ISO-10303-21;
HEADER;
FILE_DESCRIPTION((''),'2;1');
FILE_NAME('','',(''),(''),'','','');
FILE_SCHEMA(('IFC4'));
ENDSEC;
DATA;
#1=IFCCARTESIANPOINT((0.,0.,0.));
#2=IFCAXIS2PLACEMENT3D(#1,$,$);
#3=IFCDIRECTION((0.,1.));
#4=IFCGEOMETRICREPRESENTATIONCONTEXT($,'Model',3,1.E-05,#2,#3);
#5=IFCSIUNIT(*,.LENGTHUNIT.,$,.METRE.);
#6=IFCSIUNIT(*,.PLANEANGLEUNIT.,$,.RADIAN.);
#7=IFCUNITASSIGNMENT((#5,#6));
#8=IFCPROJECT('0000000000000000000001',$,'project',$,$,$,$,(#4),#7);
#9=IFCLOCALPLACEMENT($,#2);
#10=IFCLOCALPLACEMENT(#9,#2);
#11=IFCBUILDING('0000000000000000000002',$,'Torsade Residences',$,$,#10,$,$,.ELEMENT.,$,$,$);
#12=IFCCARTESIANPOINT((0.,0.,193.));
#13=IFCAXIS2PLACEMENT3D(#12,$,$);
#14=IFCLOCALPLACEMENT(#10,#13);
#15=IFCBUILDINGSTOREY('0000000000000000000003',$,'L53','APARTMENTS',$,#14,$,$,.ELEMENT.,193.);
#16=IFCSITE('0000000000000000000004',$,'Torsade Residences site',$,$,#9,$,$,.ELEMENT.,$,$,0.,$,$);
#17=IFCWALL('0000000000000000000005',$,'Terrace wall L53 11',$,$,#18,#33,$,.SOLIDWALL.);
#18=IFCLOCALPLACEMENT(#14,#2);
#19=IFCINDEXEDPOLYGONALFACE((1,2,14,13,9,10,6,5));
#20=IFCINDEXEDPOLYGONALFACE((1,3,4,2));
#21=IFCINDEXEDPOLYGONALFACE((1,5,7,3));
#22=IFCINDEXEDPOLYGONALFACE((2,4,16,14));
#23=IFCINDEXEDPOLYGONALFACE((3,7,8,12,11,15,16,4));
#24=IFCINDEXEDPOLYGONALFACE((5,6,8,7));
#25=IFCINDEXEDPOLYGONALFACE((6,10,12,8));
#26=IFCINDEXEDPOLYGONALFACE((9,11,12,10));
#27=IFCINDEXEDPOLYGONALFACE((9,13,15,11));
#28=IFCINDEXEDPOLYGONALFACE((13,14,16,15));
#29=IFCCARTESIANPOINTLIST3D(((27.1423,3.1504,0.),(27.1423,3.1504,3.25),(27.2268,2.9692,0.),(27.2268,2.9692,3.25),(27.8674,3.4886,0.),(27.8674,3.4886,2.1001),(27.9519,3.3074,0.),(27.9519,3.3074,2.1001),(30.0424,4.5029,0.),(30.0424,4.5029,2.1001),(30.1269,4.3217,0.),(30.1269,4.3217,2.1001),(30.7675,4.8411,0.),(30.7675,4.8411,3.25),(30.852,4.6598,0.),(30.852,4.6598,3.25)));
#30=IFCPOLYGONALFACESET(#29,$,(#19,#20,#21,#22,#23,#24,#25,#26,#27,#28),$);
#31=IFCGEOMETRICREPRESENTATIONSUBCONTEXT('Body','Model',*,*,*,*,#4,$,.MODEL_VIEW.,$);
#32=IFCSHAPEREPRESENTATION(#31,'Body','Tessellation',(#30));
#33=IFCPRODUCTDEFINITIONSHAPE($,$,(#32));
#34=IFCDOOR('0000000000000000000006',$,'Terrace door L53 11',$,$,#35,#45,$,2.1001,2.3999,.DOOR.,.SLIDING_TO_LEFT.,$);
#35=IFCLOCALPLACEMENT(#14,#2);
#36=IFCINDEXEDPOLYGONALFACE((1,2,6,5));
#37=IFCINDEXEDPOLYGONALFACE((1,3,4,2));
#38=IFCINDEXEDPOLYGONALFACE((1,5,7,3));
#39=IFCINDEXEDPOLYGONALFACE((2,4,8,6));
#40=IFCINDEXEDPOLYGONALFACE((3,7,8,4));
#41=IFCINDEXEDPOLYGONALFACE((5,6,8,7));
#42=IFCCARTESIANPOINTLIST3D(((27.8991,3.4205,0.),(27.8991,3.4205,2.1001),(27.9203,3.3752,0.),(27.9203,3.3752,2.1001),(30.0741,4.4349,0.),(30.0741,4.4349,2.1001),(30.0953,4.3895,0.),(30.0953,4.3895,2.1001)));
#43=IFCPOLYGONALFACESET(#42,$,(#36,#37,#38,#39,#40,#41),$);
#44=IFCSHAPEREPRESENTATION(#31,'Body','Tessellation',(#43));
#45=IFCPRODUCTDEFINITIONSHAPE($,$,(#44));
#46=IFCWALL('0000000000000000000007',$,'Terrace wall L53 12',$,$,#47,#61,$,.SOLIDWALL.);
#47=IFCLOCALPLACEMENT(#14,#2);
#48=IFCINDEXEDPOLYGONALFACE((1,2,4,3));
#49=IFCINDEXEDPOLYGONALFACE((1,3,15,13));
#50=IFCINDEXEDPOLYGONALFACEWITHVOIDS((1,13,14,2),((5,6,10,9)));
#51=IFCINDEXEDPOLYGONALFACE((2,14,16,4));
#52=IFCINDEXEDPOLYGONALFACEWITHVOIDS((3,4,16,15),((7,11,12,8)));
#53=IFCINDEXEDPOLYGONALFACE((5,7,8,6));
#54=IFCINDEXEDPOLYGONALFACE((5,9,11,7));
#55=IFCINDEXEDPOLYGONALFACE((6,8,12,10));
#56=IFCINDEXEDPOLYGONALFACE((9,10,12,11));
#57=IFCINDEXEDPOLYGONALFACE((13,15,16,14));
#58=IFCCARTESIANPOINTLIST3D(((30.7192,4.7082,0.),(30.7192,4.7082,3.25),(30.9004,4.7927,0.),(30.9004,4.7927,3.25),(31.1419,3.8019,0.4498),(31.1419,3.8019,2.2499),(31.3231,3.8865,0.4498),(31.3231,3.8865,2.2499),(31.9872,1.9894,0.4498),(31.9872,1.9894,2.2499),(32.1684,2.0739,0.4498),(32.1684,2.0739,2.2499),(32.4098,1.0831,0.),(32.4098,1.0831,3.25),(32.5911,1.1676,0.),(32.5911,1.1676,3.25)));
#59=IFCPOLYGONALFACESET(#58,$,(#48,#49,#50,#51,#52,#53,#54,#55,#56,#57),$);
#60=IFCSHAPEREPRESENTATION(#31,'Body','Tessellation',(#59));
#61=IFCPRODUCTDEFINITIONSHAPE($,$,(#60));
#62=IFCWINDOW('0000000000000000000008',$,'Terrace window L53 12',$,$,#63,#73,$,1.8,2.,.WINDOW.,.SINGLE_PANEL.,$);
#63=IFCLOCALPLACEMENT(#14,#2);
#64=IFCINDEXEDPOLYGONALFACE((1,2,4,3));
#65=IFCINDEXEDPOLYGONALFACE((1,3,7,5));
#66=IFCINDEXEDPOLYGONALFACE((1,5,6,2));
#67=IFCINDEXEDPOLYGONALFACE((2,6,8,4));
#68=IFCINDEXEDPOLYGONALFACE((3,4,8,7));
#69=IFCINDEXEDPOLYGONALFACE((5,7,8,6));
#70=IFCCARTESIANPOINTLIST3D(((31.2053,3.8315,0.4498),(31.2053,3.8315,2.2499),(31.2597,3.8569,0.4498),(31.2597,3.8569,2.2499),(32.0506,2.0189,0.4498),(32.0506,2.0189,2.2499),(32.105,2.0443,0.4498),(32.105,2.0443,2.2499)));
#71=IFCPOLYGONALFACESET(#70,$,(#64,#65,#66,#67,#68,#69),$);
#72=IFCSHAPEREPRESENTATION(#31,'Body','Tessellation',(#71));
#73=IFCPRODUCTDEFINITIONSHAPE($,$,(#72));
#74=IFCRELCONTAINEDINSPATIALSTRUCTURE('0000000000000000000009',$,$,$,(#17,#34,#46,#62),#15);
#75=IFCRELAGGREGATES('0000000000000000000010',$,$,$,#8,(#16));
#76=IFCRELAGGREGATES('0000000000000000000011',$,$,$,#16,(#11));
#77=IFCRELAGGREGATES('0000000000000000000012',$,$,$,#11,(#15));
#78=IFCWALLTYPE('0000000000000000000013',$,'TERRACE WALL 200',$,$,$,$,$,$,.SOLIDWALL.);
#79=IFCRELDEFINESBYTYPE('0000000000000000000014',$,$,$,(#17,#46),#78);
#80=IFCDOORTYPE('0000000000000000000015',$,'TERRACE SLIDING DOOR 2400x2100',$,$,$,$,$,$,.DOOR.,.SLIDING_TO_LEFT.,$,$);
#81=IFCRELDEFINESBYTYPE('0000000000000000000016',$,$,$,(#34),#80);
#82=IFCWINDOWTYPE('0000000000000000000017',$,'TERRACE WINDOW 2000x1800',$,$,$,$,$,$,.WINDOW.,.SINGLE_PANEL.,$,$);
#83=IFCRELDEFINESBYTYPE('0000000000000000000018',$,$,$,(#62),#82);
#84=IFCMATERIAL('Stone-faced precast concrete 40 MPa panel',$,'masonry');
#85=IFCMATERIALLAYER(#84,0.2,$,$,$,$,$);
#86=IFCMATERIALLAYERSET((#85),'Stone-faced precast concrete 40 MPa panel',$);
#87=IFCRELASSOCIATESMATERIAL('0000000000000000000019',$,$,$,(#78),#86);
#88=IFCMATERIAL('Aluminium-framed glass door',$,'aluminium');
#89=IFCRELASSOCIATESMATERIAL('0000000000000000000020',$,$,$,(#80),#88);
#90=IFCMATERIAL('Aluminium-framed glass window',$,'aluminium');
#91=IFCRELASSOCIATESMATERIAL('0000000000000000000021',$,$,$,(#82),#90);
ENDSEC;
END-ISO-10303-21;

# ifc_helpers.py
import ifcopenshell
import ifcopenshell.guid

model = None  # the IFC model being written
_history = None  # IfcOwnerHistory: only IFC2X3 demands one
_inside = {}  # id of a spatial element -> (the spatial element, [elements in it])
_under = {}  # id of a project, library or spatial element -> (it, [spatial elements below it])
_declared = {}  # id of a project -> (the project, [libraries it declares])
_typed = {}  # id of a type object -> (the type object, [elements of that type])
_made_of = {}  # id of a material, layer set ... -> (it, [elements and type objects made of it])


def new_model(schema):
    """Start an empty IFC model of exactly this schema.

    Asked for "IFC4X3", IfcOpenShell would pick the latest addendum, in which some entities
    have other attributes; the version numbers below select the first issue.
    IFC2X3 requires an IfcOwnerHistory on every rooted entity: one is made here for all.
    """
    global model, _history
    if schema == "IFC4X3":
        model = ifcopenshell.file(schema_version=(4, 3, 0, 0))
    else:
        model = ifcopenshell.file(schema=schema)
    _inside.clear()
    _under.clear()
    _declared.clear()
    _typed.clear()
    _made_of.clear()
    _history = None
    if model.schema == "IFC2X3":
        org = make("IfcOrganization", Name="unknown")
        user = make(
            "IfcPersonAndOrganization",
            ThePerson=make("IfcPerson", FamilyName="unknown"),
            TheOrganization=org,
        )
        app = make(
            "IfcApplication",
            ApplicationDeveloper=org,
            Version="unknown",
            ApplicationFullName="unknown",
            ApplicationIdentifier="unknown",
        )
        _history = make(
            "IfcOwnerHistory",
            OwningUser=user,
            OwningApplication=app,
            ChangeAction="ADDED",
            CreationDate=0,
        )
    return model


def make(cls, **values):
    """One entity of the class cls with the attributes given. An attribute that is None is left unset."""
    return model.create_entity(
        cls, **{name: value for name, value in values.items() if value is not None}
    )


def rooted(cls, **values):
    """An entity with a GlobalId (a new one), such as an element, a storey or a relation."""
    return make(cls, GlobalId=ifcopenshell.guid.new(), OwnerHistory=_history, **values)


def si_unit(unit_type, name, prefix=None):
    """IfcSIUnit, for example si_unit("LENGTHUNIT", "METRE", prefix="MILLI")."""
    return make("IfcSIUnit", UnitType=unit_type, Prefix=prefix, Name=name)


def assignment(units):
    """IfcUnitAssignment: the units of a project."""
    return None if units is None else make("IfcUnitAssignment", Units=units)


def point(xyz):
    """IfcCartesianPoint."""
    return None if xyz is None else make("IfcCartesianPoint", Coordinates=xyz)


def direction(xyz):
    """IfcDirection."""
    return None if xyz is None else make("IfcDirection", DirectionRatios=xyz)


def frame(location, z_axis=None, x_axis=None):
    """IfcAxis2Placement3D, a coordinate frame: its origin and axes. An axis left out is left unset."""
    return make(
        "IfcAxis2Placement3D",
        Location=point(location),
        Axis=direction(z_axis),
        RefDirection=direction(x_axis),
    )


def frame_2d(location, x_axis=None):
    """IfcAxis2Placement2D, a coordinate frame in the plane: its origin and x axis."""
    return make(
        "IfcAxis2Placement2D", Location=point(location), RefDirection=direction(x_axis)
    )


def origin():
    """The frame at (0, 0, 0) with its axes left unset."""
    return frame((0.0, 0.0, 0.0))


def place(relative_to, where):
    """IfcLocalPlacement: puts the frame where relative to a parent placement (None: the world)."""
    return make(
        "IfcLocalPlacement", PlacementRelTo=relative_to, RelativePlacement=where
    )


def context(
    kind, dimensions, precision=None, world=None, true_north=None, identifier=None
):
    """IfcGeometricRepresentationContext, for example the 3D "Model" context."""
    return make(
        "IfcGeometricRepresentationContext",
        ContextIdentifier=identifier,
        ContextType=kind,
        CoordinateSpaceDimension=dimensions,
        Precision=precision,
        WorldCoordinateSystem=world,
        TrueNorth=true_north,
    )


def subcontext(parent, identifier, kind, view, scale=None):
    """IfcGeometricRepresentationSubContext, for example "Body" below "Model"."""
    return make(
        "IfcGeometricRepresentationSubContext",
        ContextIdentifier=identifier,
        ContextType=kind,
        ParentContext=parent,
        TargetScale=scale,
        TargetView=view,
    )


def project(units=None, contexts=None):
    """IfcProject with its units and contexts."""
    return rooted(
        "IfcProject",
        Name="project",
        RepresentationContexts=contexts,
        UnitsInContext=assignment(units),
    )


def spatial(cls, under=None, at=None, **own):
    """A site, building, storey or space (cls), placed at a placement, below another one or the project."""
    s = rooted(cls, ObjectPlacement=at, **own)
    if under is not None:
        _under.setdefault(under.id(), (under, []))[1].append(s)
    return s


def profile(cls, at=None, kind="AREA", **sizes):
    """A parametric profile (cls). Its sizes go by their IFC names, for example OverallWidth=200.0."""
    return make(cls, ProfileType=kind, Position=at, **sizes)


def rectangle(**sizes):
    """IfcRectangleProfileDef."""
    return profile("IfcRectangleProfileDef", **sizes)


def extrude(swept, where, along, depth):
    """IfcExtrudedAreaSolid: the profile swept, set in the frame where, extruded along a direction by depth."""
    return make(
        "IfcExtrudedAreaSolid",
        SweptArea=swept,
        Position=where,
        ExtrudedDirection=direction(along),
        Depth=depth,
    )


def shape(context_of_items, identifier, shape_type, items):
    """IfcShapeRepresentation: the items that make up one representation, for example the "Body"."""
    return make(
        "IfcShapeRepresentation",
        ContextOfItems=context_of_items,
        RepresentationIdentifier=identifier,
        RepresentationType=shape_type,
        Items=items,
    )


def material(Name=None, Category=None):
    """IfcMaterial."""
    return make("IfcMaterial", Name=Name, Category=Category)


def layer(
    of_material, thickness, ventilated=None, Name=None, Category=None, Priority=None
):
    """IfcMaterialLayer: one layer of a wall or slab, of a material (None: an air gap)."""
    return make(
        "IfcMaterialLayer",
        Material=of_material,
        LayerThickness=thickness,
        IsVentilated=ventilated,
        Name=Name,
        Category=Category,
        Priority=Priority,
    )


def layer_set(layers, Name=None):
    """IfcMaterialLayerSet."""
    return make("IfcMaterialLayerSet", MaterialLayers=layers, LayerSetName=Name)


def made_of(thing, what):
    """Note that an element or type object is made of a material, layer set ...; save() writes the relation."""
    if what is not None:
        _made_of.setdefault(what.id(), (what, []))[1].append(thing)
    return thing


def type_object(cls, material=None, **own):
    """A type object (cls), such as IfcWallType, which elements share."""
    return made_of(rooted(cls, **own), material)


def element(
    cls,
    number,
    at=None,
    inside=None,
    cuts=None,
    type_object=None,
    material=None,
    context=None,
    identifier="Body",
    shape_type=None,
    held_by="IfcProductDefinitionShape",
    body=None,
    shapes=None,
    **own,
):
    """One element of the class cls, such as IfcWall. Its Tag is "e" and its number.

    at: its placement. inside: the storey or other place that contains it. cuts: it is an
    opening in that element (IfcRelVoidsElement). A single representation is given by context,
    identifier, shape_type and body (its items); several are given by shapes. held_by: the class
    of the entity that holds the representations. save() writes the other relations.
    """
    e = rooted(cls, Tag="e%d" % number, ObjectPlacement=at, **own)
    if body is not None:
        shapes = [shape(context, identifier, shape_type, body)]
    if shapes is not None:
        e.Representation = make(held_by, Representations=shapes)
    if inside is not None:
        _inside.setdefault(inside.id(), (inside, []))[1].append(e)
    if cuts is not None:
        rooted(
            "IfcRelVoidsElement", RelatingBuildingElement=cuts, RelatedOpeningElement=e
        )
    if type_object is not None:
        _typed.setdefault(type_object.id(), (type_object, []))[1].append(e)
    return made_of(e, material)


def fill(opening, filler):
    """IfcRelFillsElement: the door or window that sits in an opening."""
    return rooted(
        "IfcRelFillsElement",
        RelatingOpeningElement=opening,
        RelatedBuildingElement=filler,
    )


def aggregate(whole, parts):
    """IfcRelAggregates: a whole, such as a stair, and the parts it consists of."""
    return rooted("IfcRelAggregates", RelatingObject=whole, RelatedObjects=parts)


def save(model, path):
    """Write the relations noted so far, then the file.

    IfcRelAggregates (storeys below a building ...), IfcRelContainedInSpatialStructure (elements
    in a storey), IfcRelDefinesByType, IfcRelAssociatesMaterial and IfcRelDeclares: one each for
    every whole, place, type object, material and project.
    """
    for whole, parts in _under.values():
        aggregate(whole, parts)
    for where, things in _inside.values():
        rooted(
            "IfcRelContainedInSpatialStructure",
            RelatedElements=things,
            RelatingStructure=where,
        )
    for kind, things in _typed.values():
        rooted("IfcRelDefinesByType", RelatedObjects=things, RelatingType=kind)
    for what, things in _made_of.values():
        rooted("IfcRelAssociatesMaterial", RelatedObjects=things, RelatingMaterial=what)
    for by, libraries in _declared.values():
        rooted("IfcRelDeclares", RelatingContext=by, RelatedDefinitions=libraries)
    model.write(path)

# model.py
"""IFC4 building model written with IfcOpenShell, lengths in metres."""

from ifc_helpers import new_model, si_unit, direction, frame, frame_2d, origin, place, context, subcontext, project, spatial, rectangle, extrude, material, layer, layer_set, type_object, element, fill, save


model = new_model("IFC4")

# Units and contexts
model_context = context("Model", 3, precision=1e-05, world=origin(), true_north=direction((0.0, 1.0)))
body_context = subcontext(model_context, "Body", "Model", "MODEL_VIEW")
ifc_project = project(units=[si_unit("LENGTHUNIT", "METRE"), si_unit("PLANEANGLEUNIT", "RADIAN")], contexts=[model_context])

# Site, building, storey
site_placement = place(None, origin())
site = spatial("IfcSite", under=ifc_project, at=site_placement, Name="Torsade Residences site", CompositionType="ELEMENT", RefElevation=0.0)
building_placement = place(site_placement, origin())
building = spatial("IfcBuilding", under=site, at=building_placement, Name="Torsade Residences", CompositionType="ELEMENT")
storey_placement = place(building_placement, frame((0.0, 0.0, 193.0)))
storey = spatial("IfcBuildingStorey", under=building, at=storey_placement, Name="L53", Description="APARTMENTS", CompositionType="ELEMENT", Elevation=193.0)

# Wall, opening, door
ifc_material_1 = material(Name="Stone-faced precast concrete 40 MPa panel", Category="masonry")
ifc_layer_1 = layer(ifc_material_1, 0.2)
ifc_layer_set_1 = layer_set([ifc_layer_1], Name="Stone-faced precast concrete 40 MPa panel")
wall_type_1 = type_object("IfcWallType", Name="TERRACE WALL 200", PredefinedType="SOLIDWALL", material=ifc_layer_set_1)
wall_1_placement = place(storey_placement, frame((27.1846, 3.0598, 0.0), z_axis=(0.0, 0.0, 1.0), x_axis=(0.906289, 0.422658, 0.0)))
wall_1 = element("IfcWall", 1, at=wall_1_placement, inside=storey, type_object=wall_type_1, Name="Terrace wall L53 11", PredefinedType="SOLIDWALL", context=body_context, shape_type="SweptSolid", body=[
    extrude(rectangle(XDim=4.0, YDim=0.2, at=frame_2d((2.0, 0.0))), origin(), (0.0, 0.0, 1.0), 3.25),
])
opening_1_placement = place(wall_1_placement, frame((0.8, 0.0, 0.0)))
opening_1 = element("IfcOpeningElement", 2, at=opening_1_placement, cuts=wall_1, PredefinedType="OPENING", context=body_context, shape_type="SweptSolid", body=[
    extrude(rectangle(XDim=2.3999, YDim=2.1001, at=frame_2d((1.2, 1.05))), frame((0.0, 0.1099, 0.0), z_axis=(0.0, -1.0, 0.0), x_axis=(1.0, 0.0, 0.0)), (0.0, 0.0, 1.0), 0.22),
])
ifc_material_2 = material(Name="Aluminium-framed glass door", Category="aluminium")
door_type_1 = type_object("IfcDoorType", Name="TERRACE SLIDING DOOR 2400x2100", OperationType="SLIDING_TO_LEFT", PredefinedType="DOOR", material=ifc_material_2)
door_1_placement = place(opening_1_placement, origin())
door_1 = element("IfcDoor", 3, at=door_1_placement, inside=storey, type_object=door_type_1, Name="Terrace door L53 11", OperationType="SLIDING_TO_LEFT", OverallHeight=2.1001, OverallWidth=2.3999, PredefinedType="DOOR", context=body_context, shape_type="SweptSolid", body=[
    extrude(rectangle(XDim=2.3999, YDim=2.1001, at=frame_2d((1.2, 1.05))), frame((0.0, 0.0249, 0.0), z_axis=(0.0, -1.0, 0.0), x_axis=(1.0, 0.0, 0.0)), (0.0, 0.0, 1.0), 0.05),
])
fill(opening_1, door_1)

# Wall, opening, window
wall_2_placement = place(storey_placement, frame((30.8098, 4.7505, 0.0), z_axis=(0.0, 0.0, 1.0), x_axis=(0.422658, -0.906289, 0.0)))
wall_2 = element("IfcWall", 4, at=wall_2_placement, inside=storey, type_object=wall_type_1, Name="Terrace wall L53 12", PredefinedType="SOLIDWALL", context=body_context, shape_type="SweptSolid", body=[
    extrude(rectangle(XDim=4.0, YDim=0.2, at=frame_2d((2.0, 0.0))), origin(), (0.0, 0.0, 1.0), 3.25),
])
opening_2_placement = place(wall_2_placement, frame((1.0, 0.0, 0.45)))
opening_2 = element("IfcOpeningElement", 5, at=opening_2_placement, cuts=wall_2, PredefinedType="OPENING", context=body_context, shape_type="SweptSolid", body=[
    extrude(rectangle(XDim=2.0, YDim=1.8, at=frame_2d((1.0, 0.8999))), frame((0.0, 0.1099, 0.0), z_axis=(0.0, -1.0, 0.0), x_axis=(1.0, 0.0, 0.0)), (0.0, 0.0, 1.0), 0.22),
])
ifc_material_3 = material(Name="Aluminium-framed glass window", Category="aluminium")
window_type = type_object("IfcWindowType", Name="TERRACE WINDOW 2000x1800", PartitioningType="SINGLE_PANEL", PredefinedType="WINDOW", material=ifc_material_3)
window_placement = place(opening_2_placement, origin())
window = element("IfcWindow", 6, at=window_placement, inside=storey, type_object=window_type, Name="Terrace window L53 12", OverallHeight=1.8, OverallWidth=2.0, PartitioningType="SINGLE_PANEL", PredefinedType="WINDOW", context=body_context, shape_type="SweptSolid", body=[
    extrude(rectangle(XDim=2.0, YDim=1.8, at=frame_2d((1.0, 0.8999))), frame((0.0, 0.03, 0.0), z_axis=(0.0, -1.0, 0.0), x_axis=(1.0, 0.0, 0.0)), (0.0, 0.0, 1.0), 0.0601),
])
fill(opening_2, window)

save(model, "model.ifc")
